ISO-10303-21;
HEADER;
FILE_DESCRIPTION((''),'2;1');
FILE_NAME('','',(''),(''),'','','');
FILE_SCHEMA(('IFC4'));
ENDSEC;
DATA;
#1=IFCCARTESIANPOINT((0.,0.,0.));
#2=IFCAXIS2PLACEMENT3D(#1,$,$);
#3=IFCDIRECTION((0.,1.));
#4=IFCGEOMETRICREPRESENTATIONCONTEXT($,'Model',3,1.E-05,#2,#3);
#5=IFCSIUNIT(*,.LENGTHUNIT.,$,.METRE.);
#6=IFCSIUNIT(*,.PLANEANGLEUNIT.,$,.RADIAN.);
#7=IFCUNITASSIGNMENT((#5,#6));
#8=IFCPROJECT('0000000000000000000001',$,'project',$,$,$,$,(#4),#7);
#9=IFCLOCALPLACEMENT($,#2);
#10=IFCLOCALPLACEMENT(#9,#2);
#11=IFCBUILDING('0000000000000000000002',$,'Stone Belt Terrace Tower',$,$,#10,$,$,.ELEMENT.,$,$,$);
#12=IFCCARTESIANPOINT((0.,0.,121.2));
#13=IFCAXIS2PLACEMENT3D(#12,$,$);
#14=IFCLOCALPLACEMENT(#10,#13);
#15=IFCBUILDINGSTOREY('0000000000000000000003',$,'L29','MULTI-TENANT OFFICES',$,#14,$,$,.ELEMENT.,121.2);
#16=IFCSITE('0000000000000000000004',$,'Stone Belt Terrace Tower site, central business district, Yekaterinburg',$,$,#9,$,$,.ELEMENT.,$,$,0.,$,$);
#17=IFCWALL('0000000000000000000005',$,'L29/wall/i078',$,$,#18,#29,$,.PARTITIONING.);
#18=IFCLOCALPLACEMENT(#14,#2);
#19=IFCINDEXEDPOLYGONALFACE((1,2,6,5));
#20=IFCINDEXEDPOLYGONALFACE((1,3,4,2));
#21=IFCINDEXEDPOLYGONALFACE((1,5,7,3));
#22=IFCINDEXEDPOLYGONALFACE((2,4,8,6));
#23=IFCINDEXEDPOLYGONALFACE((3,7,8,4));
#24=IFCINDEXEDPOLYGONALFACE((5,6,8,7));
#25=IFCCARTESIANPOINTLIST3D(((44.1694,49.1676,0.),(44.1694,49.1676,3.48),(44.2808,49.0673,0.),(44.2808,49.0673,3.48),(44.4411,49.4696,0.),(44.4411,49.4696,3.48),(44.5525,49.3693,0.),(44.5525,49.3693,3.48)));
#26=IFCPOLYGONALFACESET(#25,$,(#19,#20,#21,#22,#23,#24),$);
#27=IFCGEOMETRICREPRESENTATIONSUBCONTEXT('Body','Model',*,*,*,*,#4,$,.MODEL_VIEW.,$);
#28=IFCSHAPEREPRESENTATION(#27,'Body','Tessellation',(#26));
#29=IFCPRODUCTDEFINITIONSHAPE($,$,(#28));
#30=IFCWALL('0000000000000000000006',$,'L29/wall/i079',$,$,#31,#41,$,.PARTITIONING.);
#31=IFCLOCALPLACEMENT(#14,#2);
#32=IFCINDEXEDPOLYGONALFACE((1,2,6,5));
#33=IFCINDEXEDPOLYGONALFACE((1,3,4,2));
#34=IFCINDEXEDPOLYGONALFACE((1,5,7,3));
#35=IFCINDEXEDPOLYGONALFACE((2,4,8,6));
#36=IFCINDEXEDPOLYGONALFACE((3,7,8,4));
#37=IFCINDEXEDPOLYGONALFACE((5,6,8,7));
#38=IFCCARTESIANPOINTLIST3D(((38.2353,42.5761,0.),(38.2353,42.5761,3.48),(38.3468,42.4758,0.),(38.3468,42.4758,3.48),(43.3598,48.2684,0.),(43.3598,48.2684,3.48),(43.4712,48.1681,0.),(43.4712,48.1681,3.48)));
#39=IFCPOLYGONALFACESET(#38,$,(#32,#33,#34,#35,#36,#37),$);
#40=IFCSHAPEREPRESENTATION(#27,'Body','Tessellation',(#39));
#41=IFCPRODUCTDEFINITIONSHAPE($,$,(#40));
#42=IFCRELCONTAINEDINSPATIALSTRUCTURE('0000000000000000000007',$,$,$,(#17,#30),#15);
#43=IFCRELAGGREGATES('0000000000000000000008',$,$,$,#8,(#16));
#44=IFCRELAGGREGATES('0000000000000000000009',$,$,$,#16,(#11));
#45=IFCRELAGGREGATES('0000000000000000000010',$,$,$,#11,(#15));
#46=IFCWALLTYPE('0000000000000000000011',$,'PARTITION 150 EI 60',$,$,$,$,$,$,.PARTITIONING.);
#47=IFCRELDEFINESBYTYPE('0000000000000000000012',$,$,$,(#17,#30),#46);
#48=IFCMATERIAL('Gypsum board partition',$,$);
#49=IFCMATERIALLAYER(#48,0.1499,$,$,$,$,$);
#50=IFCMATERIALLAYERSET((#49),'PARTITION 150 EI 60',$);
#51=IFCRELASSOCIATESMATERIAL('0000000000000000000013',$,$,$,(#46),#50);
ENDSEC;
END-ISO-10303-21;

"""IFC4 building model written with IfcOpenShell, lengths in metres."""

from ifc_helpers import new_model, si_unit, direction, frame, frame_2d, origin, place, context, subcontext, project, spatial, rectangle, extrude, material, layer, layer_set, type_object, element, save


model = new_model("IFC4")

# Units and contexts
model_context = context("Model", 3, precision=1e-05, world=origin(), true_north=direction((0.0, 1.0)))
body_context = subcontext(model_context, "Body", "Model", "MODEL_VIEW")
ifc_project = project(units=[si_unit("LENGTHUNIT", "METRE"), si_unit("PLANEANGLEUNIT", "RADIAN")], contexts=[model_context])

# Site, building, storey
site_placement = place(None, origin())
site = spatial("IfcSite", under=ifc_project, at=site_placement, Name="Stone Belt Terrace Tower site, central business district, Yekaterinburg", CompositionType="ELEMENT", RefElevation=0.0)
building_placement = place(site_placement, origin())
building = spatial("IfcBuilding", under=site, at=building_placement, Name="Stone Belt Terrace Tower", CompositionType="ELEMENT")
storey_placement = place(building_placement, frame((0.0, 0.0, 121.2)))
storey = spatial("IfcBuildingStorey", under=building, at=storey_placement, Name="L29", Description="MULTI-TENANT OFFICES", CompositionType="ELEMENT", Elevation=121.2)

# Shared definitions
ifc_material_1 = material(Name="Gypsum board partition")

# Shared definitions
ifc_layer_1 = layer(ifc_material_1, 0.1499)
ifc_layer_set_1 = layer_set([ifc_layer_1], Name="PARTITION 150 EI 60")
wall_type_1 = type_object("IfcWallType", Name="PARTITION 150 EI 60", PredefinedType="PARTITIONING", material=ifc_layer_set_1)

# Walls
wall_1_placement = place(storey_placement, frame((44.4968, 49.4194, 0.0), z_axis=(0.0, 0.0, 1.0), x_axis=(-0.668865, -0.743384, 0.0)))
element("IfcWall", 1, at=wall_1_placement, inside=storey, type_object=wall_type_1, Name="L29/wall/i078", PredefinedType="PARTITIONING", context=body_context, shape_type="SweptSolid", body=[
    extrude(rectangle(XDim=0.4062, YDim=0.1499, at=frame_2d((0.2031, 0.0))), origin(), (0.0, 0.0, 1.0), 3.48),
])
wall_2_placement = place(storey_placement, frame((43.4155, 48.2183, 0.0), z_axis=(0.0, 0.0, 1.0), x_axis=(-0.669063, -0.743205, 0.0)))
element("IfcWall", 2, at=wall_2_placement, inside=storey, type_object=wall_type_1, Name="L29/wall/i079", PredefinedType="PARTITIONING", context=body_context, shape_type="SweptSolid", body=[
    extrude(rectangle(XDim=7.6592, YDim=0.1499, at=frame_2d((3.8296, 0.0))), origin(), (0.0, 0.0, 1.0), 3.48),
])

save(model, "model.ifc")
